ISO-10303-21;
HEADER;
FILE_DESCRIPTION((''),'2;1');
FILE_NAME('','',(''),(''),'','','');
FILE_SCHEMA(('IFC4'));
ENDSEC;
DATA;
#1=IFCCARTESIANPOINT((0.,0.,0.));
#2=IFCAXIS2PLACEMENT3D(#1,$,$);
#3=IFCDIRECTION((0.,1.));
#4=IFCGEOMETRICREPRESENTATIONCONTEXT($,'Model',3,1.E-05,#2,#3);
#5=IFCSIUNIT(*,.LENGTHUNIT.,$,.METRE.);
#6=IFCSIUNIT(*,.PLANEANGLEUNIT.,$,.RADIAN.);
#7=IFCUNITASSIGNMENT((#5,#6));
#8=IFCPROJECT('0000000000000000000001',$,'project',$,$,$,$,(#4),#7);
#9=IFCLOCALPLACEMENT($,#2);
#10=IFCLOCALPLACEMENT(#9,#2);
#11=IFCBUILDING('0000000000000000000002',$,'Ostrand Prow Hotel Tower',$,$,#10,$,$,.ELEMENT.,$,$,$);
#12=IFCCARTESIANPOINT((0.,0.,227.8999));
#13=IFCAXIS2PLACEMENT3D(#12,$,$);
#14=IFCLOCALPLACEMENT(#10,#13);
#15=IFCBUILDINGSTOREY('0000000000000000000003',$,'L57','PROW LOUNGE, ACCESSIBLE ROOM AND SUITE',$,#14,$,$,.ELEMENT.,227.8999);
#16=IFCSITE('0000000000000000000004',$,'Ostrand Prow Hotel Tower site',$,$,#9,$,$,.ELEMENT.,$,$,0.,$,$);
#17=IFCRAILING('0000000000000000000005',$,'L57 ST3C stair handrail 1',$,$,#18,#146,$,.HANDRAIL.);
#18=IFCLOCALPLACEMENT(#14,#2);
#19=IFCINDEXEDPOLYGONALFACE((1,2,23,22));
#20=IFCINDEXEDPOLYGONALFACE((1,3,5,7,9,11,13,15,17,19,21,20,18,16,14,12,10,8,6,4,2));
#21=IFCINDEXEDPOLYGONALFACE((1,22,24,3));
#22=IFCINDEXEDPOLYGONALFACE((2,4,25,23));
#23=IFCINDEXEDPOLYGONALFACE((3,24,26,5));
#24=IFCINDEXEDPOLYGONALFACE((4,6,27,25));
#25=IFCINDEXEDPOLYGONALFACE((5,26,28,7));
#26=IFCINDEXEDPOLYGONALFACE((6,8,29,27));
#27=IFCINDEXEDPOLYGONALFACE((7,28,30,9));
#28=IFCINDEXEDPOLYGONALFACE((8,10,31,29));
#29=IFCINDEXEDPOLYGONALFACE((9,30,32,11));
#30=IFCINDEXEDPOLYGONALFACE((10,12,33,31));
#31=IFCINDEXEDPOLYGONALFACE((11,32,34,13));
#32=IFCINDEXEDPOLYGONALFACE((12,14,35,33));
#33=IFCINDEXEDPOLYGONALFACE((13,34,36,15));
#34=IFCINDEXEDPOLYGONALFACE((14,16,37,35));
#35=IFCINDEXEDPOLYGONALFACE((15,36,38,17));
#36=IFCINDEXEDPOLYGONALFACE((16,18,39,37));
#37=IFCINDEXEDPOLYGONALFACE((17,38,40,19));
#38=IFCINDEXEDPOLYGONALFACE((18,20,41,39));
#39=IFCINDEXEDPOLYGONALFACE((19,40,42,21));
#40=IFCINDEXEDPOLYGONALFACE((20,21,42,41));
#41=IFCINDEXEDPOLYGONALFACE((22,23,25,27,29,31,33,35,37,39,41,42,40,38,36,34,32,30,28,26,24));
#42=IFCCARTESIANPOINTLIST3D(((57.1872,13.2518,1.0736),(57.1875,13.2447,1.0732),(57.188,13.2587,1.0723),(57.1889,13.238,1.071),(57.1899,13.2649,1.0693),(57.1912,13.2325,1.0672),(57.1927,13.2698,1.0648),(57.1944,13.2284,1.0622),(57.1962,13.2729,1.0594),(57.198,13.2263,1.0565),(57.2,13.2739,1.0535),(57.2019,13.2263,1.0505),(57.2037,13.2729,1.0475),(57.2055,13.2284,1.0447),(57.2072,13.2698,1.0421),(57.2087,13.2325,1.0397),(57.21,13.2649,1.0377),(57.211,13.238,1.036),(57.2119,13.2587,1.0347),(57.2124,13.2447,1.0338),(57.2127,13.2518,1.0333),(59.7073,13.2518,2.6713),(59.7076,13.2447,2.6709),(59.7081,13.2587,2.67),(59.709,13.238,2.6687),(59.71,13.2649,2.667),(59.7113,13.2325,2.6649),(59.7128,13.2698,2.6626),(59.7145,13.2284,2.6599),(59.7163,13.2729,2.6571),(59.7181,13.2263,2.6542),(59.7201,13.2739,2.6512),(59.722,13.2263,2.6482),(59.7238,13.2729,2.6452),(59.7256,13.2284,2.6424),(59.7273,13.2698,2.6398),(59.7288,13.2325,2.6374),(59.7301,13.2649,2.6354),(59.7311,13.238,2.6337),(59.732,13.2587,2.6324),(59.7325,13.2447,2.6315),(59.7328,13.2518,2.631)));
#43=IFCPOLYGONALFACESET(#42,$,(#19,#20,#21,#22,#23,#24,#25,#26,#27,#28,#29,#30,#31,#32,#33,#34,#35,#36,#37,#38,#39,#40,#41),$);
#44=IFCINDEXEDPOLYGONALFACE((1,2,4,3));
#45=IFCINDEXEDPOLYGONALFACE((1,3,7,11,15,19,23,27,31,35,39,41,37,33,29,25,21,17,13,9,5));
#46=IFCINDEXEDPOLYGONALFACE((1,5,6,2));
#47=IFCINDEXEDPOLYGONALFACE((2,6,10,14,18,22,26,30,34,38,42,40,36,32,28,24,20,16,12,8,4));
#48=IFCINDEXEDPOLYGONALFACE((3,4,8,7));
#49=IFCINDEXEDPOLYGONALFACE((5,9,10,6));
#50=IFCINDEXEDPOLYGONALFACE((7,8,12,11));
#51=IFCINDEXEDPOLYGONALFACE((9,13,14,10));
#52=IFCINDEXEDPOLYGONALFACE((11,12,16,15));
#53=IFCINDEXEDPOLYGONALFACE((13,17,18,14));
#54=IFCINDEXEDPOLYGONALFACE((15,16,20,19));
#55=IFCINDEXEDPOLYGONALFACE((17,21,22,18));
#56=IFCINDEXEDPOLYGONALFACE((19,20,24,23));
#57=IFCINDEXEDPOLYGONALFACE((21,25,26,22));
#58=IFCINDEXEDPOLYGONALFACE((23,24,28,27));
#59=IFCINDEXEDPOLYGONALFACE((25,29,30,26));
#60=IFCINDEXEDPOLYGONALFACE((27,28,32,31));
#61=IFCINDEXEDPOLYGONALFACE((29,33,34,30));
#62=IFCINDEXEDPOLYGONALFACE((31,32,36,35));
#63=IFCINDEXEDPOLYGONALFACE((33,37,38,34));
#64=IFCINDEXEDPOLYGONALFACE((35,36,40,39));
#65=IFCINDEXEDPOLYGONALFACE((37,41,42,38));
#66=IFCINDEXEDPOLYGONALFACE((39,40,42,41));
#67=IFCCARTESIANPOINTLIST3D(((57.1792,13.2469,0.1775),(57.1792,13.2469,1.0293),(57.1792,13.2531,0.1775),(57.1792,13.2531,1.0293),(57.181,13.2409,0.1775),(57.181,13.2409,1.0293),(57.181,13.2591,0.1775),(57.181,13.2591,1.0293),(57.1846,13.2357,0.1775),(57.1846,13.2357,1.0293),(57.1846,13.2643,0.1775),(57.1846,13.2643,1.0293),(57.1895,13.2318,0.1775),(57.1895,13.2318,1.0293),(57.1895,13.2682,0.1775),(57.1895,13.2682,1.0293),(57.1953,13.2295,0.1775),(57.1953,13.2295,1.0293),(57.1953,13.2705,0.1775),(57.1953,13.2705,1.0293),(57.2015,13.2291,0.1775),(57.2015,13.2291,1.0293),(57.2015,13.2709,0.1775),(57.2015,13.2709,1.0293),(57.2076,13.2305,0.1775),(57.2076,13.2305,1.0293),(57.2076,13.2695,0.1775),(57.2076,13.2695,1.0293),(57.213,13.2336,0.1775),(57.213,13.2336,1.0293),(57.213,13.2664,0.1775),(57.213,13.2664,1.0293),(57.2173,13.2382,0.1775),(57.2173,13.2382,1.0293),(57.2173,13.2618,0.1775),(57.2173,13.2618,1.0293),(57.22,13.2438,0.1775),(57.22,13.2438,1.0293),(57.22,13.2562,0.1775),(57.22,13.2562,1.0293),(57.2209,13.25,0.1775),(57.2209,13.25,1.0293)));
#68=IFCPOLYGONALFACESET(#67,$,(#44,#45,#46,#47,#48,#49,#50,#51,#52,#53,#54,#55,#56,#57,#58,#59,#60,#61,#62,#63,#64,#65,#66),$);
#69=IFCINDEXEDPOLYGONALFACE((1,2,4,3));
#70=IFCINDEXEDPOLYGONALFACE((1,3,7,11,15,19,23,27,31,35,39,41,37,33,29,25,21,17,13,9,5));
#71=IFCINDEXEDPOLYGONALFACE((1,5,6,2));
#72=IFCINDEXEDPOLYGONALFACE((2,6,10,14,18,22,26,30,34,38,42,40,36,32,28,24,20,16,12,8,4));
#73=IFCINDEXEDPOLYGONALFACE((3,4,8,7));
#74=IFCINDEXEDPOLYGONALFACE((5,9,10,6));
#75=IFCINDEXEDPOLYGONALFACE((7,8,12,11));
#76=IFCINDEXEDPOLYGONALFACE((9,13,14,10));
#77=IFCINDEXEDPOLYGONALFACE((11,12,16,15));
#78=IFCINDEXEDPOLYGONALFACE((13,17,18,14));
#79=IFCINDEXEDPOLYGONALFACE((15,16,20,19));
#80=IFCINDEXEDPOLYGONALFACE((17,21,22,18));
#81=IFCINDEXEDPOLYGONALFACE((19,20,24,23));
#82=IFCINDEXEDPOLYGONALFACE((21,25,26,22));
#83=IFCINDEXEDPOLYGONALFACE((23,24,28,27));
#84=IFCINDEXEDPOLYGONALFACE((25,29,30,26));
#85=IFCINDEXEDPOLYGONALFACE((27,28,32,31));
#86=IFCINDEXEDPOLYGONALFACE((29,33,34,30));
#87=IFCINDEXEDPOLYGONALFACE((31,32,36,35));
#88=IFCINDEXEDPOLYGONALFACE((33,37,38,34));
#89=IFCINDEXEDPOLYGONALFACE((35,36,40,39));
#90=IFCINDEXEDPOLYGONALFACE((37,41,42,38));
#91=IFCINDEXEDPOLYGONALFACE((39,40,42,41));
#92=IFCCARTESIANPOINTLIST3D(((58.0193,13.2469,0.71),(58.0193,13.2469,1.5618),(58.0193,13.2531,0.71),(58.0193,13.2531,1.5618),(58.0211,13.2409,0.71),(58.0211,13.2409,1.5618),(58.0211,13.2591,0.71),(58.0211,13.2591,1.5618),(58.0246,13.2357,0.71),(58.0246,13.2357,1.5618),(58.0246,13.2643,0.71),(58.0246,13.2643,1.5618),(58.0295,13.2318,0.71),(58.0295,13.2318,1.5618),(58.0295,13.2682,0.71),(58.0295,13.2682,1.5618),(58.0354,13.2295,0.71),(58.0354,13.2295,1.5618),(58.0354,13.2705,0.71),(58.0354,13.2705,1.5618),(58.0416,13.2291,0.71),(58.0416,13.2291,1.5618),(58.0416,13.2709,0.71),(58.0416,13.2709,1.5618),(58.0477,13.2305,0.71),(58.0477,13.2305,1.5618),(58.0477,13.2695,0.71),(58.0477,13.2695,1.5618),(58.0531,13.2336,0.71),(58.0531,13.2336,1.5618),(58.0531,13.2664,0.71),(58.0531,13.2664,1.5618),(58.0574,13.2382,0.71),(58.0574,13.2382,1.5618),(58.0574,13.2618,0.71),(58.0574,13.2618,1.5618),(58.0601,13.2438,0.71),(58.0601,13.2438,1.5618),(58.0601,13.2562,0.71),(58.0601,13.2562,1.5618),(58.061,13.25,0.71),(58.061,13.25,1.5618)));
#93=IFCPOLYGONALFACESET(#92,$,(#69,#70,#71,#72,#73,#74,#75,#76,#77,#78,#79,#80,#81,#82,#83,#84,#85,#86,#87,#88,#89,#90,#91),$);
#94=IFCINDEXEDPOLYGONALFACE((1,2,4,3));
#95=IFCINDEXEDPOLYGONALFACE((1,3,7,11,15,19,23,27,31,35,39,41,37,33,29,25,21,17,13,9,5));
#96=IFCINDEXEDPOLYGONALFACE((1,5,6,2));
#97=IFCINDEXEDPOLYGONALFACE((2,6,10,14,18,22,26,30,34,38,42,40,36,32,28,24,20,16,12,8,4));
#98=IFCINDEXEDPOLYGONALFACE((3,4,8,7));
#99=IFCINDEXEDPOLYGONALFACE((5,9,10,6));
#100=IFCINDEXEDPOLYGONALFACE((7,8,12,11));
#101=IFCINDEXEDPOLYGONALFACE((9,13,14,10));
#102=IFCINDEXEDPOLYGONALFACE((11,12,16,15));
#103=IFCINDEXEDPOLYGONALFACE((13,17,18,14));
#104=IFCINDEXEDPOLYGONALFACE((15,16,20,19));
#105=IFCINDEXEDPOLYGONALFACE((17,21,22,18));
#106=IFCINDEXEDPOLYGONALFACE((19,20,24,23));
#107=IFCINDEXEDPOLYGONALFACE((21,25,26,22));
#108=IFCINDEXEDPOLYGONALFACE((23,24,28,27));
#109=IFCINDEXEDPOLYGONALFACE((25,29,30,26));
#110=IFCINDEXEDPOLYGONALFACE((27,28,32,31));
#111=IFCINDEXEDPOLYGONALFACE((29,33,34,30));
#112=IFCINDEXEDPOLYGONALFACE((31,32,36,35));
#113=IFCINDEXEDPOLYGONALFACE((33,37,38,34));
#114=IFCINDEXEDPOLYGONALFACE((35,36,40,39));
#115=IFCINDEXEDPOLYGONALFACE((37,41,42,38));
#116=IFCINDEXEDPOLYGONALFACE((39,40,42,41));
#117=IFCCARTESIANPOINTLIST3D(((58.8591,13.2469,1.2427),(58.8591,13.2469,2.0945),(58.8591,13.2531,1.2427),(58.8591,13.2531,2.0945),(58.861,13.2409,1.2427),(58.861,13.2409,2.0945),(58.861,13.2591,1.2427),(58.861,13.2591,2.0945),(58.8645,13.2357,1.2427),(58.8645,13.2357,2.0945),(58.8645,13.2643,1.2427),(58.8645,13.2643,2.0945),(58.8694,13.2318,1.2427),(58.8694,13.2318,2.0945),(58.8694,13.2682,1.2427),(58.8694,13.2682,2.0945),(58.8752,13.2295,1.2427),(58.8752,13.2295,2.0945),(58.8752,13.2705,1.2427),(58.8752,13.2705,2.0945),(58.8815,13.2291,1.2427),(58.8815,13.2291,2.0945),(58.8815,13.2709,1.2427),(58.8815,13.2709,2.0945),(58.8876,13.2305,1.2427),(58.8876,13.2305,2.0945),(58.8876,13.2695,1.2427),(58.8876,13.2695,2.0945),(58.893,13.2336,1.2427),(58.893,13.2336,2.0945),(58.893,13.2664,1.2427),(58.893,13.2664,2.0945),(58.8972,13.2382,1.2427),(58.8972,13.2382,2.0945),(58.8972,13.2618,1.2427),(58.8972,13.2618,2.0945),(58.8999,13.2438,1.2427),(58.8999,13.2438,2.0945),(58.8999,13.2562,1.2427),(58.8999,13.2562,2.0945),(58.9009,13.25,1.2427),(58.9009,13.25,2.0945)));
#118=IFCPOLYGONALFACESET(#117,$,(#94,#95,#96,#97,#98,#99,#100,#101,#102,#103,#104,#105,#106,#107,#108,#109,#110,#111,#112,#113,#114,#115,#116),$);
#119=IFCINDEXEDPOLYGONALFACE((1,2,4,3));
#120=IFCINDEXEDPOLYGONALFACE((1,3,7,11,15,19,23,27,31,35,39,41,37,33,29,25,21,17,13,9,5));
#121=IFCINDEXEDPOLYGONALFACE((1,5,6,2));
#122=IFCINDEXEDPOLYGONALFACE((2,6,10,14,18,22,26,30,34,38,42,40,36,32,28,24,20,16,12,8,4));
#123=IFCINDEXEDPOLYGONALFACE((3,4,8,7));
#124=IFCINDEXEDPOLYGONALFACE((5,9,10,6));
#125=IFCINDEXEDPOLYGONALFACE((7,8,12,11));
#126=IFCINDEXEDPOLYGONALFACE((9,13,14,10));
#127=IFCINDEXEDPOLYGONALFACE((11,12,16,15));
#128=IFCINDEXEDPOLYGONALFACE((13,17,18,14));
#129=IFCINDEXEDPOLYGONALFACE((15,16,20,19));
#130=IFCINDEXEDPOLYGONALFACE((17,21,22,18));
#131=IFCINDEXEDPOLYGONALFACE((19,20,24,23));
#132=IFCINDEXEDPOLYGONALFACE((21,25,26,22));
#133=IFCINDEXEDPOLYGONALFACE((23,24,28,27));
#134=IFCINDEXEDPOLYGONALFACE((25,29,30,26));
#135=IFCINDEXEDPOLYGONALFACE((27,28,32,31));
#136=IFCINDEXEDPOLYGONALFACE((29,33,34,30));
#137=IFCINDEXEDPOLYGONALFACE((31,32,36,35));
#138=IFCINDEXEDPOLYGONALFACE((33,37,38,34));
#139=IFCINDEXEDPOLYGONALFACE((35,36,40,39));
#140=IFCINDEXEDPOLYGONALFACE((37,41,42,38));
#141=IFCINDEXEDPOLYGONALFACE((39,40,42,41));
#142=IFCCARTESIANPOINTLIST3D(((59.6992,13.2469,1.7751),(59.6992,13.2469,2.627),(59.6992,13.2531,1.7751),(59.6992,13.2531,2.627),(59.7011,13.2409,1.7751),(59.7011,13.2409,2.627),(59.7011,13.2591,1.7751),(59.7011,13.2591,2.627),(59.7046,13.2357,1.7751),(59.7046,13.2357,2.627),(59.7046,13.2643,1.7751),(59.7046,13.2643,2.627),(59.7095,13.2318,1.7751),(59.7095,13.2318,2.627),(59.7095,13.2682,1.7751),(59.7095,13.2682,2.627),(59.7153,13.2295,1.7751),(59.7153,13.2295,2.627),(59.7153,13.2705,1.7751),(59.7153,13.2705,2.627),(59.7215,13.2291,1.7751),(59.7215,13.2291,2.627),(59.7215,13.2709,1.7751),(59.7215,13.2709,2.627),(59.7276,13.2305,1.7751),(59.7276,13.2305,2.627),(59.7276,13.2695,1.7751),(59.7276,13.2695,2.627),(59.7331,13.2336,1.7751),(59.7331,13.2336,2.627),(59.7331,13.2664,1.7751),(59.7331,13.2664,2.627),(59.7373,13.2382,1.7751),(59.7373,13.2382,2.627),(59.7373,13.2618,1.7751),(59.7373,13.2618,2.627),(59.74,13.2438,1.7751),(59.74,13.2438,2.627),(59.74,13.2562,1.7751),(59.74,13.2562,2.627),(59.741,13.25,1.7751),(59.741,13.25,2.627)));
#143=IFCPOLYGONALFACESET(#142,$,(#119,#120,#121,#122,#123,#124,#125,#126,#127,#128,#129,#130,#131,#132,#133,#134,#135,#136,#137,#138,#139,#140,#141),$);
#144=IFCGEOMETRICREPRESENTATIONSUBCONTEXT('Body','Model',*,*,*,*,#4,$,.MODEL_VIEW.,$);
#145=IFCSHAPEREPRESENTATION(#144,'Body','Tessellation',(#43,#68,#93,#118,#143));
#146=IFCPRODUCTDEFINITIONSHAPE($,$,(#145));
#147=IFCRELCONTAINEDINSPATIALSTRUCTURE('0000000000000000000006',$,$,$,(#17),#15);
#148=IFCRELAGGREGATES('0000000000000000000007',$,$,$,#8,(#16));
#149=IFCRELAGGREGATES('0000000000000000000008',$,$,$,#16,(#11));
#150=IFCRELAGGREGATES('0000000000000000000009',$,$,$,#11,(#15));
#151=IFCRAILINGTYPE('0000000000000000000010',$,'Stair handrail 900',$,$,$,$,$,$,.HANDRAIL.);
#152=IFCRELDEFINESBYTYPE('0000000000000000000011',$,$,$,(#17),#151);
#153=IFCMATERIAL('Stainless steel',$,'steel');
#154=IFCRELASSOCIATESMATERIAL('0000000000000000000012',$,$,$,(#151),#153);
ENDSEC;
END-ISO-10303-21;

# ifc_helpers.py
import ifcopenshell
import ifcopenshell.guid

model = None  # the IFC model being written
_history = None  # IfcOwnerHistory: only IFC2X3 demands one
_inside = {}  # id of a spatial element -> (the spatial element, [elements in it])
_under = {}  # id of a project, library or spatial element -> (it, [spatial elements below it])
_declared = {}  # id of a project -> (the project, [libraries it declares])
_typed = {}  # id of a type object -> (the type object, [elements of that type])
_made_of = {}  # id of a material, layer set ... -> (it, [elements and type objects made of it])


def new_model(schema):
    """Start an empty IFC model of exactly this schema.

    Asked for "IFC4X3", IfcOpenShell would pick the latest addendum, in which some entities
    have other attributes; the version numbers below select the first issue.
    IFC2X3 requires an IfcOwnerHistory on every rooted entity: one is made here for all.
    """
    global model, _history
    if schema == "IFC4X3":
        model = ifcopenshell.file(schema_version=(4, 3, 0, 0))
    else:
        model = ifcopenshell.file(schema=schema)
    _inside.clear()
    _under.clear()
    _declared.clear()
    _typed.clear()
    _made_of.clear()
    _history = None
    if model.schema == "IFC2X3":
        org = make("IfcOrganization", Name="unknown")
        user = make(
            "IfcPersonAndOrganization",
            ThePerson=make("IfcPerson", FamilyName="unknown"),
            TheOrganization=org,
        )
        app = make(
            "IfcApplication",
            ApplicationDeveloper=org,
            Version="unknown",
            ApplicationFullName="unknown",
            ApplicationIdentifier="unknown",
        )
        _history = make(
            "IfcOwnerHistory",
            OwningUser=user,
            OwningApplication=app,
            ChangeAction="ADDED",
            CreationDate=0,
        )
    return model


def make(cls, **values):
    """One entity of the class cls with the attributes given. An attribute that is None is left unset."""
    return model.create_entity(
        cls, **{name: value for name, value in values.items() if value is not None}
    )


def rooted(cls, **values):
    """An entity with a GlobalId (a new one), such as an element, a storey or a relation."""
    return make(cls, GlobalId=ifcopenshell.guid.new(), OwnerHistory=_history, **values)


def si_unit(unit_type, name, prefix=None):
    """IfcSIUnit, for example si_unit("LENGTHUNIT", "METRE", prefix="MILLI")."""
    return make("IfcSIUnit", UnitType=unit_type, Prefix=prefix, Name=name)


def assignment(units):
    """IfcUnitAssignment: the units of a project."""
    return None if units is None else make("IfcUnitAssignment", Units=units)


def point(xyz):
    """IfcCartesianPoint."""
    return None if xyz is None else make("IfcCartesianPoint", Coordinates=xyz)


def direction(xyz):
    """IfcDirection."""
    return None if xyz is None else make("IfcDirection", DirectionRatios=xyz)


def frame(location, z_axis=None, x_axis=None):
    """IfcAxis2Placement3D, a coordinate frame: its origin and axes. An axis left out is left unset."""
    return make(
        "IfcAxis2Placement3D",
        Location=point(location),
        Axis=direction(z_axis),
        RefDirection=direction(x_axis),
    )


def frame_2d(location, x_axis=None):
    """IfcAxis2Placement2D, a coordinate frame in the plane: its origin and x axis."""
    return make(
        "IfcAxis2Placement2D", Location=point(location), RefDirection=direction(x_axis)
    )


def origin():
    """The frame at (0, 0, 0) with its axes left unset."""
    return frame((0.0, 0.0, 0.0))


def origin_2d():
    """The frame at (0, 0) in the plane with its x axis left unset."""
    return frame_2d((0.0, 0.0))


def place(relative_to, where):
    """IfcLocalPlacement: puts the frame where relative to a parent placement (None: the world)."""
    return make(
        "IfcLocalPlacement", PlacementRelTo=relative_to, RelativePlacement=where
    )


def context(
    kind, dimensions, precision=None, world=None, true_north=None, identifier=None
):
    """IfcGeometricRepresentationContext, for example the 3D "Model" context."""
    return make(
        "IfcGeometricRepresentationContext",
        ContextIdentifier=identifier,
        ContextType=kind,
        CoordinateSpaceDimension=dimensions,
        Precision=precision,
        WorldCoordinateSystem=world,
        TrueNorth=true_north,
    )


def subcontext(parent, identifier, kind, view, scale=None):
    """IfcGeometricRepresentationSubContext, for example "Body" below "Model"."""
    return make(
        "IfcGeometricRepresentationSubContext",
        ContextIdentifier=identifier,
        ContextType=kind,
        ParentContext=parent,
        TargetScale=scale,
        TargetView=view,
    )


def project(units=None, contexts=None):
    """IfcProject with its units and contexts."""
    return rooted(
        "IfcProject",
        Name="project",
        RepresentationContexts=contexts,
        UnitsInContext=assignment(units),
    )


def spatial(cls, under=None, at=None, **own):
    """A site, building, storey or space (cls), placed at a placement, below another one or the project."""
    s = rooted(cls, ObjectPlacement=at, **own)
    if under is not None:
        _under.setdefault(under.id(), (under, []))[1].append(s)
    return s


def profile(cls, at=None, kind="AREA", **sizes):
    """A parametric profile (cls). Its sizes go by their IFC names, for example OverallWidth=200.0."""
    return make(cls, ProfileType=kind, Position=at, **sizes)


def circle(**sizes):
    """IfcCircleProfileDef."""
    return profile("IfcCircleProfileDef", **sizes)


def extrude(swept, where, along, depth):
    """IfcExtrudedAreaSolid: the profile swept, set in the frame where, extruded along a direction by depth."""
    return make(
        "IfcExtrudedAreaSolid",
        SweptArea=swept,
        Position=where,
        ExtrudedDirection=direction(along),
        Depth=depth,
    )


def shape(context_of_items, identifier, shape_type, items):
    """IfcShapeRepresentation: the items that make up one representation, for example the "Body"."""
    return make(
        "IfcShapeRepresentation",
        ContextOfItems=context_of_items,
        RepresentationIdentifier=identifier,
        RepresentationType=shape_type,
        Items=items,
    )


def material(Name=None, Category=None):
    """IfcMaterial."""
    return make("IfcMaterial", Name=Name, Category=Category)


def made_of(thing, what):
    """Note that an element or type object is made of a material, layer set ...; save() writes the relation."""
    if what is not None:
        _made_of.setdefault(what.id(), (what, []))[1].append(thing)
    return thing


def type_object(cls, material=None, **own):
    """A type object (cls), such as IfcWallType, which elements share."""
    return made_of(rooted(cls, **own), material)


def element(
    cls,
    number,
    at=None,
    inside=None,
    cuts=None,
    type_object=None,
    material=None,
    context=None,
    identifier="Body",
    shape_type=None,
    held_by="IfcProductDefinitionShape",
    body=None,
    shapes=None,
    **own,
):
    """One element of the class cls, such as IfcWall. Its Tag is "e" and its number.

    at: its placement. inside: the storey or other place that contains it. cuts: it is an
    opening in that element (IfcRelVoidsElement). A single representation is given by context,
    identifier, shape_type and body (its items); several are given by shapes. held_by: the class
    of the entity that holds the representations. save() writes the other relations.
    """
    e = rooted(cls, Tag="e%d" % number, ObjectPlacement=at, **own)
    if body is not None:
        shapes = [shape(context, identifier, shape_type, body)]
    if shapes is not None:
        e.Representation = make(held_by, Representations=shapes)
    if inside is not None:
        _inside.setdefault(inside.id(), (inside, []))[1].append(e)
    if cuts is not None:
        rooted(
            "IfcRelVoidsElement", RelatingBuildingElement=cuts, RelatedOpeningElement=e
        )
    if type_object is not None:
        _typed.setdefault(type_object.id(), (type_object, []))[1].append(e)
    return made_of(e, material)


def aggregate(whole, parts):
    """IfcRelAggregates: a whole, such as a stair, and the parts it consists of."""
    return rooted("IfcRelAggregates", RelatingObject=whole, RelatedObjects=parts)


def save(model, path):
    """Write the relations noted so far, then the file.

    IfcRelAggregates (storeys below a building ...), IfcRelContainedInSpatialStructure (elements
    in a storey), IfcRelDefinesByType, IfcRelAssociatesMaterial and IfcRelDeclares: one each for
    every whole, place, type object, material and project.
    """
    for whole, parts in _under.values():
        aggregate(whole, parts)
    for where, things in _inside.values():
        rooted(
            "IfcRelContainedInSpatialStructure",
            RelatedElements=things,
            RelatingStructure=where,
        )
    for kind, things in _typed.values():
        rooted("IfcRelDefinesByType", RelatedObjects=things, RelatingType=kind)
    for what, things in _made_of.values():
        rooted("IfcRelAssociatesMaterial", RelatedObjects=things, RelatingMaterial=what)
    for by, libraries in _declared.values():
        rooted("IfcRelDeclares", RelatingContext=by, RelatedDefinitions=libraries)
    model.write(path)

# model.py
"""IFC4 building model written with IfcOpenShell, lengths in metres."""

from ifc_helpers import new_model, si_unit, direction, frame, origin, origin_2d, place, context, subcontext, project, spatial, circle, extrude, material, type_object, element, save


model = new_model("IFC4")

# Units and contexts
model_context = context("Model", 3, precision=1e-05, world=origin(), true_north=direction((0.0, 1.0)))
body_context = subcontext(model_context, "Body", "Model", "MODEL_VIEW")
ifc_project = project(units=[si_unit("LENGTHUNIT", "METRE"), si_unit("PLANEANGLEUNIT", "RADIAN")], contexts=[model_context])

# Site, building, storey
site_placement = place(None, origin())
site = spatial("IfcSite", under=ifc_project, at=site_placement, Name="Ostrand Prow Hotel Tower site", CompositionType="ELEMENT", RefElevation=0.0)
building_placement = place(site_placement, origin())
building = spatial("IfcBuilding", under=site, at=building_placement, Name="Ostrand Prow Hotel Tower", CompositionType="ELEMENT")
storey_placement = place(building_placement, frame((0.0, 0.0, 227.8999)))
storey = spatial("IfcBuildingStorey", under=building, at=storey_placement, Name="L57", Description="PROW LOUNGE, ACCESSIBLE ROOM AND SUITE", CompositionType="ELEMENT", Elevation=227.8999)

# Railing
ifc_material_1 = material(Name="Stainless steel", Category="steel")
railing_type_1 = type_object("IfcRailingType", Name="Stair handrail 900", PredefinedType="HANDRAIL", material=ifc_material_1)
railing_1_placement = place(storey_placement, frame((57.2, 13.25, 0.1775)))
element("IfcRailing", 1, at=railing_1_placement, inside=storey, type_object=railing_type_1, Name="L57 ST3C stair handrail 1", PredefinedType="HANDRAIL", context=body_context, shape_type="SweptSolid", body=[
    extrude(circle(Radius=0.0239, at=origin_2d()), frame((0.0, 0.0, 0.876), z_axis=(0.84457, 0.0, 0.535445), x_axis=(0.0, 1.0, 0.0)), (0.0, 0.0, 1.0), 2.9839),
    extrude(circle(Radius=0.021, at=origin_2d()), origin(), (0.0, 0.0, 1.0), 0.8518),
    extrude(circle(Radius=0.021, at=origin_2d()), frame((0.8401, 0.0, 0.5325)), (0.0, 0.0, 1.0), 0.8518),
    extrude(circle(Radius=0.021, at=origin_2d()), frame((1.6799, 0.0, 1.0652)), (0.0, 0.0, 1.0), 0.8518),
    extrude(circle(Radius=0.021, at=origin_2d()), frame((2.52, 0.0, 1.5977)), (0.0, 0.0, 1.0), 0.8518),
])

save(model, "model.ifc")
